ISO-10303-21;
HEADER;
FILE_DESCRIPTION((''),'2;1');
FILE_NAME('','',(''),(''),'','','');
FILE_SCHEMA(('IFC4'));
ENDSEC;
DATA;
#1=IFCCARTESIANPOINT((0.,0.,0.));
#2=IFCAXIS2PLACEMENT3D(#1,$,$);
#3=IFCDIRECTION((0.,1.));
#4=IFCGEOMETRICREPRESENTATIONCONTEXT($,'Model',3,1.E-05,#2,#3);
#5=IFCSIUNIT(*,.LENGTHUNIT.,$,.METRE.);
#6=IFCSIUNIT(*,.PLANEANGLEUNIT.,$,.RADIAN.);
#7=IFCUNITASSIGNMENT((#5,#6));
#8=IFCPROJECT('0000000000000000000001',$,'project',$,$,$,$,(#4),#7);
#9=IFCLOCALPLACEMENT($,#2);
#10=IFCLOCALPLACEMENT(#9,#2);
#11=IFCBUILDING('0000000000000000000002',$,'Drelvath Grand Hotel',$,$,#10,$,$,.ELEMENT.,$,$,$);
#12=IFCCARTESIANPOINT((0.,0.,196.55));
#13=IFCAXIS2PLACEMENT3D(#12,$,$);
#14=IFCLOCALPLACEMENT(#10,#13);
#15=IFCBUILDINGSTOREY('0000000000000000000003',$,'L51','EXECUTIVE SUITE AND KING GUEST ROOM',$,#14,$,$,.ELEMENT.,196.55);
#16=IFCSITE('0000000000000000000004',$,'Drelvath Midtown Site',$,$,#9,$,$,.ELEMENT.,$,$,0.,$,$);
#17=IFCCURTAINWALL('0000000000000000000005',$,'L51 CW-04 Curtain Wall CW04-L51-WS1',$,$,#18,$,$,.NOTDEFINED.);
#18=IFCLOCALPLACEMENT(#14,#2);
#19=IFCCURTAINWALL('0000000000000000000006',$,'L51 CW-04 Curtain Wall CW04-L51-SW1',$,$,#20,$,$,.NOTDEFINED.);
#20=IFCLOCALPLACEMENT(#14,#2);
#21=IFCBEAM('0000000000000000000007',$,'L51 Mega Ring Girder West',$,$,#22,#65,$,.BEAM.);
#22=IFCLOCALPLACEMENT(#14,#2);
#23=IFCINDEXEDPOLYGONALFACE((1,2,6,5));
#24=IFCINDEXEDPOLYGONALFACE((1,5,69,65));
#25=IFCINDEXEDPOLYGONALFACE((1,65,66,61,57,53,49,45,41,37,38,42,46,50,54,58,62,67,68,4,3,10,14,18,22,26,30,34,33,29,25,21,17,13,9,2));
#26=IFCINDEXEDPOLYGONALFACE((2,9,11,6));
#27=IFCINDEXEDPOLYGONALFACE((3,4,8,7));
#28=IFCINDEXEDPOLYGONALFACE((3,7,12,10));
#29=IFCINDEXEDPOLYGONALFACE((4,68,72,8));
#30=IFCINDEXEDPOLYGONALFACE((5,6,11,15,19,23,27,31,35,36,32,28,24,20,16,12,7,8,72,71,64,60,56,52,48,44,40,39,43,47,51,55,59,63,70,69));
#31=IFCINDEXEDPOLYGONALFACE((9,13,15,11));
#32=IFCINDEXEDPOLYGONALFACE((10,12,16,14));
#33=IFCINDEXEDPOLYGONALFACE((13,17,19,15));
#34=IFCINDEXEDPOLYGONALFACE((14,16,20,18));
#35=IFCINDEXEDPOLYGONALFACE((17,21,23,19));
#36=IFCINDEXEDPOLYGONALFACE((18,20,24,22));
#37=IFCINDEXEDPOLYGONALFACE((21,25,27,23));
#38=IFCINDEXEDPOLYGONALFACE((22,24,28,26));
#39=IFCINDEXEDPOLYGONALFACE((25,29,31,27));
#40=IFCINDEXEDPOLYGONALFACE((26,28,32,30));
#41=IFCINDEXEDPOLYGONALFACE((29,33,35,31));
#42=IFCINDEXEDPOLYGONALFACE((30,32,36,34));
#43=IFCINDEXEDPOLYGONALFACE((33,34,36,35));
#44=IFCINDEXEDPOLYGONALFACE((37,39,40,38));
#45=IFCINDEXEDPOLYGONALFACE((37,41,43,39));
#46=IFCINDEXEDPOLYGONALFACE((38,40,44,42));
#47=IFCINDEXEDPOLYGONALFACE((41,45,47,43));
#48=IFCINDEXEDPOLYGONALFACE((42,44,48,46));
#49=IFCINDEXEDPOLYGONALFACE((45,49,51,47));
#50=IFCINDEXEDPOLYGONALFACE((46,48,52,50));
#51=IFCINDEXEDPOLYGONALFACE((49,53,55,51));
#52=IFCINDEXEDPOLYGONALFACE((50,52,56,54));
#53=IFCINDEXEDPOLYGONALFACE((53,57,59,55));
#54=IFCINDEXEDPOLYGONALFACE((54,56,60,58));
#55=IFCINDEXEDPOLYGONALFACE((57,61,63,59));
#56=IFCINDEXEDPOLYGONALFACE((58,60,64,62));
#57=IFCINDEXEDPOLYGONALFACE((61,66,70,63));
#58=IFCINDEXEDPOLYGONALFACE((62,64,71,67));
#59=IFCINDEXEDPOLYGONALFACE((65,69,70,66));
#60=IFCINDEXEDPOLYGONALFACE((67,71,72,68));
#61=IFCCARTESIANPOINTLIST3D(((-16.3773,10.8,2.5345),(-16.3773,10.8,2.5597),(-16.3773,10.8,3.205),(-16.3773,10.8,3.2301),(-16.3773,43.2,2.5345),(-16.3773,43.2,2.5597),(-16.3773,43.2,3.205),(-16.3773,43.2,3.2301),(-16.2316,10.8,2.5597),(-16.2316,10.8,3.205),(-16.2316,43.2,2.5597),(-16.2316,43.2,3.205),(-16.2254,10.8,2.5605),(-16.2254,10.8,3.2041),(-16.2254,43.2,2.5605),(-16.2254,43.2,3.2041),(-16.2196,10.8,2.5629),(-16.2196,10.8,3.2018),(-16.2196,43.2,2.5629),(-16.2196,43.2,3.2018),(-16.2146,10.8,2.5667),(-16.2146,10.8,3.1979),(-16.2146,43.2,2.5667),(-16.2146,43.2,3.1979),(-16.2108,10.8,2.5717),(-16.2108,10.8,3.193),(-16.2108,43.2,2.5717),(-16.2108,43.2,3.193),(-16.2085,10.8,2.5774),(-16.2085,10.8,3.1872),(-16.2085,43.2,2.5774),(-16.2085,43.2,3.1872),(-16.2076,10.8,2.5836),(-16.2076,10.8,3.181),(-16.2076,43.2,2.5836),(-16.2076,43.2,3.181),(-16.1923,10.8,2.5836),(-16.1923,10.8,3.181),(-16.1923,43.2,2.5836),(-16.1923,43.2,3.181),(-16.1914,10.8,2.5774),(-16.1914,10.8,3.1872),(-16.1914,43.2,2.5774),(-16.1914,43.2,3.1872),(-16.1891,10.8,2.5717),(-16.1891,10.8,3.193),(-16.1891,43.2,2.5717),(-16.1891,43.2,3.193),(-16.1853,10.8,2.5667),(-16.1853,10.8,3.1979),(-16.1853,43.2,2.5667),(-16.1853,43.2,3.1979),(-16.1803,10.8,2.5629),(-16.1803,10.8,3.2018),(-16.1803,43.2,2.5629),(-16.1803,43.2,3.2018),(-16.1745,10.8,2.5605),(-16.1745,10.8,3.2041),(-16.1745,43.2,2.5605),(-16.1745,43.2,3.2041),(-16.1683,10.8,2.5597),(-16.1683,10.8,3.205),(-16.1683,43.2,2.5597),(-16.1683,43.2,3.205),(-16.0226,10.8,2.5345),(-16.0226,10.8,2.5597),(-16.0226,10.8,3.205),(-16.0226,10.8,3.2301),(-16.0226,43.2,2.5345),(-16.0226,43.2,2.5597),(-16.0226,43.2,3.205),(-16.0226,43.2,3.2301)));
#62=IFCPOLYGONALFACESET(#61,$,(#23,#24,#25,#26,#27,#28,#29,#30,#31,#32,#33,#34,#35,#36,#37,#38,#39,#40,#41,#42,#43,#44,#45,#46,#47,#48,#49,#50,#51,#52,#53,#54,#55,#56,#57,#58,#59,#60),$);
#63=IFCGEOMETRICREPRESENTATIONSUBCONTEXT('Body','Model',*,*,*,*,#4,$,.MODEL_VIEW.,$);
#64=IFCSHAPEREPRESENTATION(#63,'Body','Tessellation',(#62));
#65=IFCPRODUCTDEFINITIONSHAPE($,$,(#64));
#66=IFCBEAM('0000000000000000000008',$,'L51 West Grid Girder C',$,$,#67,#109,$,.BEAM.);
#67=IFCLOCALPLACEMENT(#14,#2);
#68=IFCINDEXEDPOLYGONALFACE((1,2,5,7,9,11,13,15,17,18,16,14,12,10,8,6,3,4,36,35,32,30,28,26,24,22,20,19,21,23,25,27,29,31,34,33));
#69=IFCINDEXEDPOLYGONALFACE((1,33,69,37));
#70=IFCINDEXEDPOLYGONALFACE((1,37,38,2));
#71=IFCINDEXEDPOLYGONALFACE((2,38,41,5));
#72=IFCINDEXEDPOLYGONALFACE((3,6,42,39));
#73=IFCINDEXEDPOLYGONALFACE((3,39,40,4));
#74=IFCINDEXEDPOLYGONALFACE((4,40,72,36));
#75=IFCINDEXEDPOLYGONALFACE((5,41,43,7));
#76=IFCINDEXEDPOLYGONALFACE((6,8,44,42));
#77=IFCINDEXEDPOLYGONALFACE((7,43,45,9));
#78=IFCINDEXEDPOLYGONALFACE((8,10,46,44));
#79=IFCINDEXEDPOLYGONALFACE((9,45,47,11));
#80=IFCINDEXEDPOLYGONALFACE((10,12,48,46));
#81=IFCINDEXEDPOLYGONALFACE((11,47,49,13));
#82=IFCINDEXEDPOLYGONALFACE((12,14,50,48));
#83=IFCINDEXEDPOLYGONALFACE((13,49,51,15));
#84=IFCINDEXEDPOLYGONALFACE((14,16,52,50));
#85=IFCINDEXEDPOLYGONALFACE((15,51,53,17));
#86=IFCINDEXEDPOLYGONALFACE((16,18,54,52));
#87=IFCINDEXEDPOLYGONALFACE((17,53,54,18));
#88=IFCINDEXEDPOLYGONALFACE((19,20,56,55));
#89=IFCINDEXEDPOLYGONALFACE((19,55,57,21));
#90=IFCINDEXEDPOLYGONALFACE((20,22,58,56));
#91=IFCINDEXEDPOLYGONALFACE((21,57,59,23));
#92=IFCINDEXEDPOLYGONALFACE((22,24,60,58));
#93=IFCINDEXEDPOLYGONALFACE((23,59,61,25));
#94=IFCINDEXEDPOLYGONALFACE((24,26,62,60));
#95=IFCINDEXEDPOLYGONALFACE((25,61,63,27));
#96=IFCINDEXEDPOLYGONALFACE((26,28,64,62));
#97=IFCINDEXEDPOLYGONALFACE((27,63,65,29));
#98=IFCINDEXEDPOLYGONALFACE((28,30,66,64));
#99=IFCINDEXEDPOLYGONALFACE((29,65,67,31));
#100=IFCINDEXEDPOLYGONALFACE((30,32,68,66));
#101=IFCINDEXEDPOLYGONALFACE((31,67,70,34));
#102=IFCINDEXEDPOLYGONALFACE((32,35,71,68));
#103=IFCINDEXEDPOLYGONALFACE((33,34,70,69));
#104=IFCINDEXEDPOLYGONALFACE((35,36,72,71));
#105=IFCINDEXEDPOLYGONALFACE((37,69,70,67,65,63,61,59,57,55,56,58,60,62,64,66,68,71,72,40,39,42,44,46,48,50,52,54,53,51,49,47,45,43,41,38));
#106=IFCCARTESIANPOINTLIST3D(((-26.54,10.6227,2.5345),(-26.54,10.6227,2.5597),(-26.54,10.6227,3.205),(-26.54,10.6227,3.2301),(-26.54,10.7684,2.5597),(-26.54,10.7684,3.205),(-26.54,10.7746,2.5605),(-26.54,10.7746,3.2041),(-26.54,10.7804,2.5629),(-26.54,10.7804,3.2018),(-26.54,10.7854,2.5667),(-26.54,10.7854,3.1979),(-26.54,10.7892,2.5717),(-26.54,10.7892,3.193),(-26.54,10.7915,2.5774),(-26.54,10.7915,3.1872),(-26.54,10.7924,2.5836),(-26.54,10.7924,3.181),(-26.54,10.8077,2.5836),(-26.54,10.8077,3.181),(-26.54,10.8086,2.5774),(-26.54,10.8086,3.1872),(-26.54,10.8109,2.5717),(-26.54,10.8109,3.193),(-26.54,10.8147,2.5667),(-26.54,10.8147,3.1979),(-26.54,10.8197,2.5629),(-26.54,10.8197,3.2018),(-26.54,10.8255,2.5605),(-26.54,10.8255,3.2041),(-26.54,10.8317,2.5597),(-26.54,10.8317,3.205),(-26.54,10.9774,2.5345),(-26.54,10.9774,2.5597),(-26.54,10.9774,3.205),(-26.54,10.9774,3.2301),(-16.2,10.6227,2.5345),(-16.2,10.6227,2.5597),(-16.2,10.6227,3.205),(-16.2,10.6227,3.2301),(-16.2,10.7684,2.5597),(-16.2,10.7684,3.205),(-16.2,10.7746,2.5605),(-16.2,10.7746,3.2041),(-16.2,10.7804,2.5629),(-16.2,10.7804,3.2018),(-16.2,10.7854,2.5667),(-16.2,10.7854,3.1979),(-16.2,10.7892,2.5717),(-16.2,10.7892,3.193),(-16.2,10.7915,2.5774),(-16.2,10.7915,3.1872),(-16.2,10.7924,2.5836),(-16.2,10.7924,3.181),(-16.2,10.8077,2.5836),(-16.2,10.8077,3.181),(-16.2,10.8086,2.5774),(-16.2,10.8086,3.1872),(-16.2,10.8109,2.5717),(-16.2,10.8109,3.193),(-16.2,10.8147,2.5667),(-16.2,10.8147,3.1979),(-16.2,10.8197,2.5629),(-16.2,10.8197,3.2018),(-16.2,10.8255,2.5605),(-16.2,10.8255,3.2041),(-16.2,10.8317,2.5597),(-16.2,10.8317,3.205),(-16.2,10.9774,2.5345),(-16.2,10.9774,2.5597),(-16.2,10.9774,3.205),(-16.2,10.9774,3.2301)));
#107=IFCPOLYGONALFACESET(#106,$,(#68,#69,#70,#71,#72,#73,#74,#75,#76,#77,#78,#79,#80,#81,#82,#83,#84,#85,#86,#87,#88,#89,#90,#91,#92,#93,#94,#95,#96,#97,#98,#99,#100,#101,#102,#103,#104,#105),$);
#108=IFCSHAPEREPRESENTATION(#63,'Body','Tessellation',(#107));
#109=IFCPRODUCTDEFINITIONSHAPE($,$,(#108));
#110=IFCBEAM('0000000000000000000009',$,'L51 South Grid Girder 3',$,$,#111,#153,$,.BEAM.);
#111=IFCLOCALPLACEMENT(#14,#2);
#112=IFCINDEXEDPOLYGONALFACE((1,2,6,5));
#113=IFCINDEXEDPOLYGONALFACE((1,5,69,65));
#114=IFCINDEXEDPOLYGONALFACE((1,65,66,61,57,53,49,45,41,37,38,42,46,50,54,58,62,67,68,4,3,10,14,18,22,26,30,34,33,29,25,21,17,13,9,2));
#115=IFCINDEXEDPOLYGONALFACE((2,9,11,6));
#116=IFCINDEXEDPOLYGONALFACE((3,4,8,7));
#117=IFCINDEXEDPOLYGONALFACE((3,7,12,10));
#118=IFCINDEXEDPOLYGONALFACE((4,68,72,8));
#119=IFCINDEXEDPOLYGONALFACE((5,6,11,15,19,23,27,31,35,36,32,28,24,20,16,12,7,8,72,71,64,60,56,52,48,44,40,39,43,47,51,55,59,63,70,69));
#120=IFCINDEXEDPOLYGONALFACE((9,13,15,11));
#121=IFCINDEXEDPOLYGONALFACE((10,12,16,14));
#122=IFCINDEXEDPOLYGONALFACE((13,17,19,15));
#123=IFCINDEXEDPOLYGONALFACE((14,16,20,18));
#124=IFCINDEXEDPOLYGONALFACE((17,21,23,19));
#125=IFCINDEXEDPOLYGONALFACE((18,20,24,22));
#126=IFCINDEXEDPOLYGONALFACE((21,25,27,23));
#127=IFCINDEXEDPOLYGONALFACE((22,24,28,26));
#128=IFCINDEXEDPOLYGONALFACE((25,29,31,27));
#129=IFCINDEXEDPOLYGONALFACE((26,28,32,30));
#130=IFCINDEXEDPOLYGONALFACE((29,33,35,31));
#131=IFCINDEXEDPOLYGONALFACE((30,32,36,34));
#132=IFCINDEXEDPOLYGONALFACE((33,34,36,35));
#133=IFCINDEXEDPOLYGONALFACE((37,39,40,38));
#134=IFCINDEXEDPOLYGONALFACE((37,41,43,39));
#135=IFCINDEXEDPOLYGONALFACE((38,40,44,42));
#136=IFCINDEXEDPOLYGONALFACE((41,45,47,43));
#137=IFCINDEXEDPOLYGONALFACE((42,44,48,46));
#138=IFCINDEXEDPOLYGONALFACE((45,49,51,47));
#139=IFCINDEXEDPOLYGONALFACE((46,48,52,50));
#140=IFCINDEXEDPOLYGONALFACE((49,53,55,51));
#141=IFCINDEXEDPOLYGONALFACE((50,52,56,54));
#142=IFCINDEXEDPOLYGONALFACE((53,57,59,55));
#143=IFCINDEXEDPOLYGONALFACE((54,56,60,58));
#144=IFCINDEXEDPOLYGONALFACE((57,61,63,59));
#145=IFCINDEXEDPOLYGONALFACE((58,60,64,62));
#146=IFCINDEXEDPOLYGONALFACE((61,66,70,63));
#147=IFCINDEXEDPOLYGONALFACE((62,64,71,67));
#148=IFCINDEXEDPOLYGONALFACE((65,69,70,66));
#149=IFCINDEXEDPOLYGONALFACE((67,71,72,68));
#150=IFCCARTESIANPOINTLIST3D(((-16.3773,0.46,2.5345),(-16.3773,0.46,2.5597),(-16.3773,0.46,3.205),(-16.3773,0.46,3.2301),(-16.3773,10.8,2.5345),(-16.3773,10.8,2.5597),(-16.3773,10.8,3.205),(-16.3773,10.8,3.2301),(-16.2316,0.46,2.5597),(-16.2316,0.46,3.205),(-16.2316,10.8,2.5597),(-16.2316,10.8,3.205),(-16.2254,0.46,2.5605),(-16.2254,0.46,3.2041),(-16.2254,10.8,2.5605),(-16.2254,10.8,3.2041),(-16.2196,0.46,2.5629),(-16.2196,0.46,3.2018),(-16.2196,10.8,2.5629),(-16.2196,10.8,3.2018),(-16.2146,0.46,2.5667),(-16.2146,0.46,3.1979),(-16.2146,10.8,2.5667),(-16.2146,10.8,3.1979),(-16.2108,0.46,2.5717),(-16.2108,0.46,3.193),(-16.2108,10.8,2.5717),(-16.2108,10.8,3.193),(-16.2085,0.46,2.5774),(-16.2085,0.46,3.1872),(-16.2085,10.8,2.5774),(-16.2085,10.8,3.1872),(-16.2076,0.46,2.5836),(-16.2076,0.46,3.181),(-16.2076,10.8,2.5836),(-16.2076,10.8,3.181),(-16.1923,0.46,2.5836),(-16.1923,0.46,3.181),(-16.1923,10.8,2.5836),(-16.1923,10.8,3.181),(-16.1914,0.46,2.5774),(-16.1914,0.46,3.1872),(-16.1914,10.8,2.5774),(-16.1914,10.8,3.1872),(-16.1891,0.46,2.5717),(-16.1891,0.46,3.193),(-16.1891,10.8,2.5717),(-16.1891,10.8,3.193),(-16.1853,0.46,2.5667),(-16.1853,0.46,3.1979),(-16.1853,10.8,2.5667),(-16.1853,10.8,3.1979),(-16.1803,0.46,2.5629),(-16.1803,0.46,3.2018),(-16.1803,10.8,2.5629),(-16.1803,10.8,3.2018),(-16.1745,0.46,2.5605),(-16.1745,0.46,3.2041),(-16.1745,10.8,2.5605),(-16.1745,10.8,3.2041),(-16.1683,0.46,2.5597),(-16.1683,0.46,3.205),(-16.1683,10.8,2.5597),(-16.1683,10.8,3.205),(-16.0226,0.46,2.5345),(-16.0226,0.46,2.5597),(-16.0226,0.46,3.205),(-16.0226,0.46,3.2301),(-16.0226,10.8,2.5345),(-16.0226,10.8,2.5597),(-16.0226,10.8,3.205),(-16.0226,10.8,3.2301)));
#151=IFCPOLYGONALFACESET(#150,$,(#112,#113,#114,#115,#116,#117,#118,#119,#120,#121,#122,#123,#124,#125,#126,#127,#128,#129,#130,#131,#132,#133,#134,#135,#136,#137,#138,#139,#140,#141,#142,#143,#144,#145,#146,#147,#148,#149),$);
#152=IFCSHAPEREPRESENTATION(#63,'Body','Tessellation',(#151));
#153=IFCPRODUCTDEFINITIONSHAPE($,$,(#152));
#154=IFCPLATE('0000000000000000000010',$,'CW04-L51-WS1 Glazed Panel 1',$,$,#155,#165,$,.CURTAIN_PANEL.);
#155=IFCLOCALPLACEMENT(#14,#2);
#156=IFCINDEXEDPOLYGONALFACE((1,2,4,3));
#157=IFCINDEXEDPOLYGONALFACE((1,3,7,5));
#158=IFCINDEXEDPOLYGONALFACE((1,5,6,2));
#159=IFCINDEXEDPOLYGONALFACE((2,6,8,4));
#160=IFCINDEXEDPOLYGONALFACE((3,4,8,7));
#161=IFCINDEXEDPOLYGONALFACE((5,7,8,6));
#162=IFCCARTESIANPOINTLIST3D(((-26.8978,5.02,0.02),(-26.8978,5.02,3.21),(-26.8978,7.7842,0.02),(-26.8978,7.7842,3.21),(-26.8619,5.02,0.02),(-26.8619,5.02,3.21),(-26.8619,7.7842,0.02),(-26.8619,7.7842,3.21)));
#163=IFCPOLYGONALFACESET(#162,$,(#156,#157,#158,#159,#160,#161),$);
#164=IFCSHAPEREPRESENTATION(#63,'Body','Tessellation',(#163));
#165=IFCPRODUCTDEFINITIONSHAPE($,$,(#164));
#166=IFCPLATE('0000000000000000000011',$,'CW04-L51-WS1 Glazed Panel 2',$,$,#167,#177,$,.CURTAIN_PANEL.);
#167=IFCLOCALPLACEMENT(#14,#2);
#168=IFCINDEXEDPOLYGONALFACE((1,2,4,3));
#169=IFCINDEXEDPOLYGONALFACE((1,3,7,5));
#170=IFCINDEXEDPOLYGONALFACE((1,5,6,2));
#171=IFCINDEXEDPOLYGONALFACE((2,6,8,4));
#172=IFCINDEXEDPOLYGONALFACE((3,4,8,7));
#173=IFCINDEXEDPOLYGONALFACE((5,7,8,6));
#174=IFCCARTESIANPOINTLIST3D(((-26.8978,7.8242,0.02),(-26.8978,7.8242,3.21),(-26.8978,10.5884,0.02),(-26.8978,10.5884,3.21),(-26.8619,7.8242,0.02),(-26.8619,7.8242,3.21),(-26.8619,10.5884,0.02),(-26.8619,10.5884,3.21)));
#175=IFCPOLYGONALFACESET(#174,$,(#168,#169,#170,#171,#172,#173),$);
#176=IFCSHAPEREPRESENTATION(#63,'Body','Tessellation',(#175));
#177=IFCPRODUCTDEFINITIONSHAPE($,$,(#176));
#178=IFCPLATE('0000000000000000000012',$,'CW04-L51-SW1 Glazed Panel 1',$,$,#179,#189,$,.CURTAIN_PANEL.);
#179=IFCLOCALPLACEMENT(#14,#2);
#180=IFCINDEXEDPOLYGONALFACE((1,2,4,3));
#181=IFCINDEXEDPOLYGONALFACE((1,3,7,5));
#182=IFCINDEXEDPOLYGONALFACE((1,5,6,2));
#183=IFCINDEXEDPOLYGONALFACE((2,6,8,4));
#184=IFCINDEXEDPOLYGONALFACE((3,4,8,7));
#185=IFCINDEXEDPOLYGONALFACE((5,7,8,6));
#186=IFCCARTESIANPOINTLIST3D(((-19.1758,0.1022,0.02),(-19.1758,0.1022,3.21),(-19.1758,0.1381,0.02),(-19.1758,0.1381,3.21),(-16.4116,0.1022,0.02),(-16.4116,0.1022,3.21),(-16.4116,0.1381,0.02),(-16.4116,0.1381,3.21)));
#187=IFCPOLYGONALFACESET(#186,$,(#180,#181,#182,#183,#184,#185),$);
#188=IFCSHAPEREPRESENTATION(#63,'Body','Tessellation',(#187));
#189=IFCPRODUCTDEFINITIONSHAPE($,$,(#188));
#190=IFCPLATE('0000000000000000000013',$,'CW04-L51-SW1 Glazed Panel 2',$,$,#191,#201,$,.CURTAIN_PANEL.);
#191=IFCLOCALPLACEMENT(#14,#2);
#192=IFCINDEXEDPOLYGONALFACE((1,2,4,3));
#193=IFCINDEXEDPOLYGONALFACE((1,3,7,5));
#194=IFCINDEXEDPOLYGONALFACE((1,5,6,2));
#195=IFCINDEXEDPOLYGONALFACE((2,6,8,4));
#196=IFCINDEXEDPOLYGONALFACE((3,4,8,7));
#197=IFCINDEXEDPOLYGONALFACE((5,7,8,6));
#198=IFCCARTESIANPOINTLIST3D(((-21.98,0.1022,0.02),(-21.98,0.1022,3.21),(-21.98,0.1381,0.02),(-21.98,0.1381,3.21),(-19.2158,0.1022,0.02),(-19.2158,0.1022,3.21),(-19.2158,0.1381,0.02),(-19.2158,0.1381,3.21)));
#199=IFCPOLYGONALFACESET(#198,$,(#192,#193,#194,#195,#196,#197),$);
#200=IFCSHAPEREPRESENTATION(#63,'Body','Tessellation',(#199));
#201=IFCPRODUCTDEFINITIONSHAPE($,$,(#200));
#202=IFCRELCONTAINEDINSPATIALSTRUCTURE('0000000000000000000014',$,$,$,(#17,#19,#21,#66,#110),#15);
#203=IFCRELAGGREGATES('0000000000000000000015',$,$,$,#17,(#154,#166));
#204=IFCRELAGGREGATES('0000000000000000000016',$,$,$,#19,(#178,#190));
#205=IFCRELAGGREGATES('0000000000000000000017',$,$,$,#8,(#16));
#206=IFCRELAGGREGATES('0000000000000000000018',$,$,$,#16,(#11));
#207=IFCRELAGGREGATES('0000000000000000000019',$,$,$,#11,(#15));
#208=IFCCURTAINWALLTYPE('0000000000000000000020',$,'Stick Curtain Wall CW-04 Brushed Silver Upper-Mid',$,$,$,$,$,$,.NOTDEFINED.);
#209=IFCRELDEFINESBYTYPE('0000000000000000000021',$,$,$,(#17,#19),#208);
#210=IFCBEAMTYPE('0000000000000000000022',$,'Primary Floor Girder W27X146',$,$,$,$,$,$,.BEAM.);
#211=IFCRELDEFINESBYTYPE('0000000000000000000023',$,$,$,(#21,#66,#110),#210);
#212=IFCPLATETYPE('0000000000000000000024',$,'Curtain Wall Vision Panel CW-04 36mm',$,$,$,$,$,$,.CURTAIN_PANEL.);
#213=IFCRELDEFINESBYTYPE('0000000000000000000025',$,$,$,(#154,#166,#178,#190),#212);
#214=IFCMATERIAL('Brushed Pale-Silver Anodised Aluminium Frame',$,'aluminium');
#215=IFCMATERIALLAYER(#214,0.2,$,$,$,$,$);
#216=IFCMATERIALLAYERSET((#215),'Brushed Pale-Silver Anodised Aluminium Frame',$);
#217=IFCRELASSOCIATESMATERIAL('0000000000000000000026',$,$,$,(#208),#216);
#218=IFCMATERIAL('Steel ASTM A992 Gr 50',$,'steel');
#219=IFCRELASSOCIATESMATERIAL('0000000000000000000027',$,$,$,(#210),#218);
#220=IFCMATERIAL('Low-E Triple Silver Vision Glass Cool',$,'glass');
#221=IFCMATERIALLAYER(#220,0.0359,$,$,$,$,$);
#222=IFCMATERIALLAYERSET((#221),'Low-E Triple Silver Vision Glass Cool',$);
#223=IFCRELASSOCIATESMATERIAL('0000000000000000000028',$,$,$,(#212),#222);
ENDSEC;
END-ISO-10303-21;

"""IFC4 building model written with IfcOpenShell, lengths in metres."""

from ifc_helpers import new_model, si_unit, direction, frame, origin, origin_2d, place, context, subcontext, project, spatial, rectangle, i_section, extrude, material, layer, layer_set, material_profile, profile_set, type_object, element, aggregate, save


model = new_model("IFC4")

# Units and contexts
model_context = context("Model", 3, precision=1e-05, world=origin(), true_north=direction((0.0, 1.0)))
body_context = subcontext(model_context, "Body", "Model", "MODEL_VIEW")
ifc_project = project(units=[si_unit("LENGTHUNIT", "METRE"), si_unit("PLANEANGLEUNIT", "RADIAN")], contexts=[model_context])

# Site, building, storey
site_placement = place(None, origin())
site = spatial("IfcSite", under=ifc_project, at=site_placement, Name="Drelvath Midtown Site", CompositionType="ELEMENT", RefElevation=0.0)
building_placement = place(site_placement, origin())
building = spatial("IfcBuilding", under=site, at=building_placement, Name="Drelvath Grand Hotel", CompositionType="ELEMENT")
storey_placement = place(building_placement, frame((0.0, 0.0, 196.55)))
storey = spatial("IfcBuildingStorey", under=building, at=storey_placement, Name="L51", Description="EXECUTIVE SUITE AND KING GUEST ROOM", CompositionType="ELEMENT", Elevation=196.55)

# Curtain walls
ifc_material_1 = material(Name="Brushed Pale-Silver Anodised Aluminium Frame", Category="aluminium")
ifc_layer_1 = layer(ifc_material_1, 0.2)
ifc_layer_set_1 = layer_set([ifc_layer_1], Name="Brushed Pale-Silver Anodised Aluminium Frame")
curtain_wall_type = type_object("IfcCurtainWallType", Name="Stick Curtain Wall CW-04 Brushed Silver Upper-Mid", PredefinedType="NOTDEFINED", material=ifc_layer_set_1)
curtain_wall_1_placement = place(storey_placement, origin())
curtain_wall_1 = element("IfcCurtainWall", 1, at=curtain_wall_1_placement, inside=storey, type_object=curtain_wall_type, Name="L51 CW-04 Curtain Wall CW04-L51-WS1", PredefinedType="NOTDEFINED")
curtain_wall_2_placement = place(storey_placement, origin())
curtain_wall_2 = element("IfcCurtainWall", 2, at=curtain_wall_2_placement, inside=storey, type_object=curtain_wall_type, Name="L51 CW-04 Curtain Wall CW04-L51-SW1", PredefinedType="NOTDEFINED")

# Beams
ifc_material_2 = material(Name="Steel ASTM A992 Gr 50", Category="steel")
ifc_material_profile_1 = material_profile(ifc_material_2, i_section(OverallWidth=0.3547, OverallDepth=0.6956, WebThickness=0.0154, FlangeThickness=0.0251, FilletRadius=0.0239, at=origin_2d()), Name="W27X146")
ifc_profile_set_1 = profile_set([ifc_material_profile_1], Name="Steel ASTM A992 Gr 50")
beam_type_1 = type_object("IfcBeamType", Name="Primary Floor Girder W27X146", PredefinedType="BEAM", material=ifc_profile_set_1)
for number, where, z_axis, x_axis, name in (
    (3, (-16.2, 10.8, 2.8823), (0.0, 1.0, 0.0), (-1.0, 0.0, 0.0), "L51 Mega Ring Girder West"),
):
    element("IfcBeam", number, at=place(storey_placement, frame(where, z_axis=z_axis, x_axis=x_axis)), inside=storey, type_object=beam_type_1, Name=name, PredefinedType="BEAM", context=body_context, shape_type="SweptSolid", body=[
        extrude(i_section(OverallWidth=0.3547, OverallDepth=0.6956, WebThickness=0.0154, FlangeThickness=0.0251, FilletRadius=0.0239, at=origin_2d()), origin(), (0.0, 0.0, 1.0), 32.3999),
    ])
for number, where, z_axis, x_axis, name in (
    (4, (-26.54, 10.8, 2.8823), (1.0, 0.0, 0.0), (0.0, 1.0, 0.0), "L51 West Grid Girder C"),
    (5, (-16.2, 0.46, 2.8823), (0.0, 1.0, 0.0), (-1.0, 0.0, 0.0), "L51 South Grid Girder 3"),
):
    element("IfcBeam", number, at=place(storey_placement, frame(where, z_axis=z_axis, x_axis=x_axis)), inside=storey, type_object=beam_type_1, Name=name, PredefinedType="BEAM", context=body_context, shape_type="SweptSolid", body=[
        extrude(i_section(OverallWidth=0.3547, OverallDepth=0.6956, WebThickness=0.0154, FlangeThickness=0.0251, FilletRadius=0.0239, at=origin_2d()), origin(), (0.0, 0.0, 1.0), 10.3401),
    ])

# Plates
ifc_material_3 = material(Name="Low-E Triple Silver Vision Glass Cool", Category="glass")
ifc_layer_2 = layer(ifc_material_3, 0.0359)
ifc_layer_set_2 = layer_set([ifc_layer_2], Name="Low-E Triple Silver Vision Glass Cool")
plate_type = type_object("IfcPlateType", Name="Curtain Wall Vision Panel CW-04 36mm", PredefinedType="CURTAIN_PANEL", material=ifc_layer_set_2)
plate_1_placement = place(storey_placement, frame((-26.8799, 6.4021, 0.02), z_axis=(0.0, 0.0, 1.0), x_axis=(0.0, 1.0, 0.0)))
plate_1 = element("IfcPlate", 6, at=plate_1_placement, type_object=plate_type, Name="CW04-L51-WS1 Glazed Panel 1", PredefinedType="CURTAIN_PANEL", context=body_context, shape_type="SweptSolid", body=[
    extrude(rectangle(XDim=2.7642, YDim=0.0359, at=origin_2d()), origin(), (0.0, 0.0, 1.0), 3.1899),
])
plate_2_placement = place(storey_placement, frame((-26.8799, 9.2063, 0.02), z_axis=(0.0, 0.0, 1.0), x_axis=(0.0, 1.0, 0.0)))
plate_2 = element("IfcPlate", 7, at=plate_2_placement, type_object=plate_type, Name="CW04-L51-WS1 Glazed Panel 2", PredefinedType="CURTAIN_PANEL", context=body_context, shape_type="SweptSolid", body=[
    extrude(rectangle(XDim=2.7642, YDim=0.0359, at=origin_2d()), origin(), (0.0, 0.0, 1.0), 3.1899),
])
aggregate(curtain_wall_1, [plate_1, plate_2])
plate_3_placement = place(storey_placement, frame((-17.7937, 0.1201, 0.02), z_axis=(0.0, 0.0, 1.0), x_axis=(-1.0, 0.0, 0.0)))
plate_3 = element("IfcPlate", 8, at=plate_3_placement, type_object=plate_type, Name="CW04-L51-SW1 Glazed Panel 1", PredefinedType="CURTAIN_PANEL", context=body_context, shape_type="SweptSolid", body=[
    extrude(rectangle(XDim=2.7642, YDim=0.0359, at=origin_2d()), origin(), (0.0, 0.0, 1.0), 3.1899),
])
plate_4_placement = place(storey_placement, frame((-20.5979, 0.1201, 0.02), z_axis=(0.0, 0.0, 1.0), x_axis=(-1.0, 0.0, 0.0)))
plate_4 = element("IfcPlate", 9, at=plate_4_placement, type_object=plate_type, Name="CW04-L51-SW1 Glazed Panel 2", PredefinedType="CURTAIN_PANEL", context=body_context, shape_type="SweptSolid", body=[
    extrude(rectangle(XDim=2.7642, YDim=0.0359, at=origin_2d()), origin(), (0.0, 0.0, 1.0), 3.1899),
])
aggregate(curtain_wall_2, [plate_3, plate_4])

save(model, "model.ifc")
